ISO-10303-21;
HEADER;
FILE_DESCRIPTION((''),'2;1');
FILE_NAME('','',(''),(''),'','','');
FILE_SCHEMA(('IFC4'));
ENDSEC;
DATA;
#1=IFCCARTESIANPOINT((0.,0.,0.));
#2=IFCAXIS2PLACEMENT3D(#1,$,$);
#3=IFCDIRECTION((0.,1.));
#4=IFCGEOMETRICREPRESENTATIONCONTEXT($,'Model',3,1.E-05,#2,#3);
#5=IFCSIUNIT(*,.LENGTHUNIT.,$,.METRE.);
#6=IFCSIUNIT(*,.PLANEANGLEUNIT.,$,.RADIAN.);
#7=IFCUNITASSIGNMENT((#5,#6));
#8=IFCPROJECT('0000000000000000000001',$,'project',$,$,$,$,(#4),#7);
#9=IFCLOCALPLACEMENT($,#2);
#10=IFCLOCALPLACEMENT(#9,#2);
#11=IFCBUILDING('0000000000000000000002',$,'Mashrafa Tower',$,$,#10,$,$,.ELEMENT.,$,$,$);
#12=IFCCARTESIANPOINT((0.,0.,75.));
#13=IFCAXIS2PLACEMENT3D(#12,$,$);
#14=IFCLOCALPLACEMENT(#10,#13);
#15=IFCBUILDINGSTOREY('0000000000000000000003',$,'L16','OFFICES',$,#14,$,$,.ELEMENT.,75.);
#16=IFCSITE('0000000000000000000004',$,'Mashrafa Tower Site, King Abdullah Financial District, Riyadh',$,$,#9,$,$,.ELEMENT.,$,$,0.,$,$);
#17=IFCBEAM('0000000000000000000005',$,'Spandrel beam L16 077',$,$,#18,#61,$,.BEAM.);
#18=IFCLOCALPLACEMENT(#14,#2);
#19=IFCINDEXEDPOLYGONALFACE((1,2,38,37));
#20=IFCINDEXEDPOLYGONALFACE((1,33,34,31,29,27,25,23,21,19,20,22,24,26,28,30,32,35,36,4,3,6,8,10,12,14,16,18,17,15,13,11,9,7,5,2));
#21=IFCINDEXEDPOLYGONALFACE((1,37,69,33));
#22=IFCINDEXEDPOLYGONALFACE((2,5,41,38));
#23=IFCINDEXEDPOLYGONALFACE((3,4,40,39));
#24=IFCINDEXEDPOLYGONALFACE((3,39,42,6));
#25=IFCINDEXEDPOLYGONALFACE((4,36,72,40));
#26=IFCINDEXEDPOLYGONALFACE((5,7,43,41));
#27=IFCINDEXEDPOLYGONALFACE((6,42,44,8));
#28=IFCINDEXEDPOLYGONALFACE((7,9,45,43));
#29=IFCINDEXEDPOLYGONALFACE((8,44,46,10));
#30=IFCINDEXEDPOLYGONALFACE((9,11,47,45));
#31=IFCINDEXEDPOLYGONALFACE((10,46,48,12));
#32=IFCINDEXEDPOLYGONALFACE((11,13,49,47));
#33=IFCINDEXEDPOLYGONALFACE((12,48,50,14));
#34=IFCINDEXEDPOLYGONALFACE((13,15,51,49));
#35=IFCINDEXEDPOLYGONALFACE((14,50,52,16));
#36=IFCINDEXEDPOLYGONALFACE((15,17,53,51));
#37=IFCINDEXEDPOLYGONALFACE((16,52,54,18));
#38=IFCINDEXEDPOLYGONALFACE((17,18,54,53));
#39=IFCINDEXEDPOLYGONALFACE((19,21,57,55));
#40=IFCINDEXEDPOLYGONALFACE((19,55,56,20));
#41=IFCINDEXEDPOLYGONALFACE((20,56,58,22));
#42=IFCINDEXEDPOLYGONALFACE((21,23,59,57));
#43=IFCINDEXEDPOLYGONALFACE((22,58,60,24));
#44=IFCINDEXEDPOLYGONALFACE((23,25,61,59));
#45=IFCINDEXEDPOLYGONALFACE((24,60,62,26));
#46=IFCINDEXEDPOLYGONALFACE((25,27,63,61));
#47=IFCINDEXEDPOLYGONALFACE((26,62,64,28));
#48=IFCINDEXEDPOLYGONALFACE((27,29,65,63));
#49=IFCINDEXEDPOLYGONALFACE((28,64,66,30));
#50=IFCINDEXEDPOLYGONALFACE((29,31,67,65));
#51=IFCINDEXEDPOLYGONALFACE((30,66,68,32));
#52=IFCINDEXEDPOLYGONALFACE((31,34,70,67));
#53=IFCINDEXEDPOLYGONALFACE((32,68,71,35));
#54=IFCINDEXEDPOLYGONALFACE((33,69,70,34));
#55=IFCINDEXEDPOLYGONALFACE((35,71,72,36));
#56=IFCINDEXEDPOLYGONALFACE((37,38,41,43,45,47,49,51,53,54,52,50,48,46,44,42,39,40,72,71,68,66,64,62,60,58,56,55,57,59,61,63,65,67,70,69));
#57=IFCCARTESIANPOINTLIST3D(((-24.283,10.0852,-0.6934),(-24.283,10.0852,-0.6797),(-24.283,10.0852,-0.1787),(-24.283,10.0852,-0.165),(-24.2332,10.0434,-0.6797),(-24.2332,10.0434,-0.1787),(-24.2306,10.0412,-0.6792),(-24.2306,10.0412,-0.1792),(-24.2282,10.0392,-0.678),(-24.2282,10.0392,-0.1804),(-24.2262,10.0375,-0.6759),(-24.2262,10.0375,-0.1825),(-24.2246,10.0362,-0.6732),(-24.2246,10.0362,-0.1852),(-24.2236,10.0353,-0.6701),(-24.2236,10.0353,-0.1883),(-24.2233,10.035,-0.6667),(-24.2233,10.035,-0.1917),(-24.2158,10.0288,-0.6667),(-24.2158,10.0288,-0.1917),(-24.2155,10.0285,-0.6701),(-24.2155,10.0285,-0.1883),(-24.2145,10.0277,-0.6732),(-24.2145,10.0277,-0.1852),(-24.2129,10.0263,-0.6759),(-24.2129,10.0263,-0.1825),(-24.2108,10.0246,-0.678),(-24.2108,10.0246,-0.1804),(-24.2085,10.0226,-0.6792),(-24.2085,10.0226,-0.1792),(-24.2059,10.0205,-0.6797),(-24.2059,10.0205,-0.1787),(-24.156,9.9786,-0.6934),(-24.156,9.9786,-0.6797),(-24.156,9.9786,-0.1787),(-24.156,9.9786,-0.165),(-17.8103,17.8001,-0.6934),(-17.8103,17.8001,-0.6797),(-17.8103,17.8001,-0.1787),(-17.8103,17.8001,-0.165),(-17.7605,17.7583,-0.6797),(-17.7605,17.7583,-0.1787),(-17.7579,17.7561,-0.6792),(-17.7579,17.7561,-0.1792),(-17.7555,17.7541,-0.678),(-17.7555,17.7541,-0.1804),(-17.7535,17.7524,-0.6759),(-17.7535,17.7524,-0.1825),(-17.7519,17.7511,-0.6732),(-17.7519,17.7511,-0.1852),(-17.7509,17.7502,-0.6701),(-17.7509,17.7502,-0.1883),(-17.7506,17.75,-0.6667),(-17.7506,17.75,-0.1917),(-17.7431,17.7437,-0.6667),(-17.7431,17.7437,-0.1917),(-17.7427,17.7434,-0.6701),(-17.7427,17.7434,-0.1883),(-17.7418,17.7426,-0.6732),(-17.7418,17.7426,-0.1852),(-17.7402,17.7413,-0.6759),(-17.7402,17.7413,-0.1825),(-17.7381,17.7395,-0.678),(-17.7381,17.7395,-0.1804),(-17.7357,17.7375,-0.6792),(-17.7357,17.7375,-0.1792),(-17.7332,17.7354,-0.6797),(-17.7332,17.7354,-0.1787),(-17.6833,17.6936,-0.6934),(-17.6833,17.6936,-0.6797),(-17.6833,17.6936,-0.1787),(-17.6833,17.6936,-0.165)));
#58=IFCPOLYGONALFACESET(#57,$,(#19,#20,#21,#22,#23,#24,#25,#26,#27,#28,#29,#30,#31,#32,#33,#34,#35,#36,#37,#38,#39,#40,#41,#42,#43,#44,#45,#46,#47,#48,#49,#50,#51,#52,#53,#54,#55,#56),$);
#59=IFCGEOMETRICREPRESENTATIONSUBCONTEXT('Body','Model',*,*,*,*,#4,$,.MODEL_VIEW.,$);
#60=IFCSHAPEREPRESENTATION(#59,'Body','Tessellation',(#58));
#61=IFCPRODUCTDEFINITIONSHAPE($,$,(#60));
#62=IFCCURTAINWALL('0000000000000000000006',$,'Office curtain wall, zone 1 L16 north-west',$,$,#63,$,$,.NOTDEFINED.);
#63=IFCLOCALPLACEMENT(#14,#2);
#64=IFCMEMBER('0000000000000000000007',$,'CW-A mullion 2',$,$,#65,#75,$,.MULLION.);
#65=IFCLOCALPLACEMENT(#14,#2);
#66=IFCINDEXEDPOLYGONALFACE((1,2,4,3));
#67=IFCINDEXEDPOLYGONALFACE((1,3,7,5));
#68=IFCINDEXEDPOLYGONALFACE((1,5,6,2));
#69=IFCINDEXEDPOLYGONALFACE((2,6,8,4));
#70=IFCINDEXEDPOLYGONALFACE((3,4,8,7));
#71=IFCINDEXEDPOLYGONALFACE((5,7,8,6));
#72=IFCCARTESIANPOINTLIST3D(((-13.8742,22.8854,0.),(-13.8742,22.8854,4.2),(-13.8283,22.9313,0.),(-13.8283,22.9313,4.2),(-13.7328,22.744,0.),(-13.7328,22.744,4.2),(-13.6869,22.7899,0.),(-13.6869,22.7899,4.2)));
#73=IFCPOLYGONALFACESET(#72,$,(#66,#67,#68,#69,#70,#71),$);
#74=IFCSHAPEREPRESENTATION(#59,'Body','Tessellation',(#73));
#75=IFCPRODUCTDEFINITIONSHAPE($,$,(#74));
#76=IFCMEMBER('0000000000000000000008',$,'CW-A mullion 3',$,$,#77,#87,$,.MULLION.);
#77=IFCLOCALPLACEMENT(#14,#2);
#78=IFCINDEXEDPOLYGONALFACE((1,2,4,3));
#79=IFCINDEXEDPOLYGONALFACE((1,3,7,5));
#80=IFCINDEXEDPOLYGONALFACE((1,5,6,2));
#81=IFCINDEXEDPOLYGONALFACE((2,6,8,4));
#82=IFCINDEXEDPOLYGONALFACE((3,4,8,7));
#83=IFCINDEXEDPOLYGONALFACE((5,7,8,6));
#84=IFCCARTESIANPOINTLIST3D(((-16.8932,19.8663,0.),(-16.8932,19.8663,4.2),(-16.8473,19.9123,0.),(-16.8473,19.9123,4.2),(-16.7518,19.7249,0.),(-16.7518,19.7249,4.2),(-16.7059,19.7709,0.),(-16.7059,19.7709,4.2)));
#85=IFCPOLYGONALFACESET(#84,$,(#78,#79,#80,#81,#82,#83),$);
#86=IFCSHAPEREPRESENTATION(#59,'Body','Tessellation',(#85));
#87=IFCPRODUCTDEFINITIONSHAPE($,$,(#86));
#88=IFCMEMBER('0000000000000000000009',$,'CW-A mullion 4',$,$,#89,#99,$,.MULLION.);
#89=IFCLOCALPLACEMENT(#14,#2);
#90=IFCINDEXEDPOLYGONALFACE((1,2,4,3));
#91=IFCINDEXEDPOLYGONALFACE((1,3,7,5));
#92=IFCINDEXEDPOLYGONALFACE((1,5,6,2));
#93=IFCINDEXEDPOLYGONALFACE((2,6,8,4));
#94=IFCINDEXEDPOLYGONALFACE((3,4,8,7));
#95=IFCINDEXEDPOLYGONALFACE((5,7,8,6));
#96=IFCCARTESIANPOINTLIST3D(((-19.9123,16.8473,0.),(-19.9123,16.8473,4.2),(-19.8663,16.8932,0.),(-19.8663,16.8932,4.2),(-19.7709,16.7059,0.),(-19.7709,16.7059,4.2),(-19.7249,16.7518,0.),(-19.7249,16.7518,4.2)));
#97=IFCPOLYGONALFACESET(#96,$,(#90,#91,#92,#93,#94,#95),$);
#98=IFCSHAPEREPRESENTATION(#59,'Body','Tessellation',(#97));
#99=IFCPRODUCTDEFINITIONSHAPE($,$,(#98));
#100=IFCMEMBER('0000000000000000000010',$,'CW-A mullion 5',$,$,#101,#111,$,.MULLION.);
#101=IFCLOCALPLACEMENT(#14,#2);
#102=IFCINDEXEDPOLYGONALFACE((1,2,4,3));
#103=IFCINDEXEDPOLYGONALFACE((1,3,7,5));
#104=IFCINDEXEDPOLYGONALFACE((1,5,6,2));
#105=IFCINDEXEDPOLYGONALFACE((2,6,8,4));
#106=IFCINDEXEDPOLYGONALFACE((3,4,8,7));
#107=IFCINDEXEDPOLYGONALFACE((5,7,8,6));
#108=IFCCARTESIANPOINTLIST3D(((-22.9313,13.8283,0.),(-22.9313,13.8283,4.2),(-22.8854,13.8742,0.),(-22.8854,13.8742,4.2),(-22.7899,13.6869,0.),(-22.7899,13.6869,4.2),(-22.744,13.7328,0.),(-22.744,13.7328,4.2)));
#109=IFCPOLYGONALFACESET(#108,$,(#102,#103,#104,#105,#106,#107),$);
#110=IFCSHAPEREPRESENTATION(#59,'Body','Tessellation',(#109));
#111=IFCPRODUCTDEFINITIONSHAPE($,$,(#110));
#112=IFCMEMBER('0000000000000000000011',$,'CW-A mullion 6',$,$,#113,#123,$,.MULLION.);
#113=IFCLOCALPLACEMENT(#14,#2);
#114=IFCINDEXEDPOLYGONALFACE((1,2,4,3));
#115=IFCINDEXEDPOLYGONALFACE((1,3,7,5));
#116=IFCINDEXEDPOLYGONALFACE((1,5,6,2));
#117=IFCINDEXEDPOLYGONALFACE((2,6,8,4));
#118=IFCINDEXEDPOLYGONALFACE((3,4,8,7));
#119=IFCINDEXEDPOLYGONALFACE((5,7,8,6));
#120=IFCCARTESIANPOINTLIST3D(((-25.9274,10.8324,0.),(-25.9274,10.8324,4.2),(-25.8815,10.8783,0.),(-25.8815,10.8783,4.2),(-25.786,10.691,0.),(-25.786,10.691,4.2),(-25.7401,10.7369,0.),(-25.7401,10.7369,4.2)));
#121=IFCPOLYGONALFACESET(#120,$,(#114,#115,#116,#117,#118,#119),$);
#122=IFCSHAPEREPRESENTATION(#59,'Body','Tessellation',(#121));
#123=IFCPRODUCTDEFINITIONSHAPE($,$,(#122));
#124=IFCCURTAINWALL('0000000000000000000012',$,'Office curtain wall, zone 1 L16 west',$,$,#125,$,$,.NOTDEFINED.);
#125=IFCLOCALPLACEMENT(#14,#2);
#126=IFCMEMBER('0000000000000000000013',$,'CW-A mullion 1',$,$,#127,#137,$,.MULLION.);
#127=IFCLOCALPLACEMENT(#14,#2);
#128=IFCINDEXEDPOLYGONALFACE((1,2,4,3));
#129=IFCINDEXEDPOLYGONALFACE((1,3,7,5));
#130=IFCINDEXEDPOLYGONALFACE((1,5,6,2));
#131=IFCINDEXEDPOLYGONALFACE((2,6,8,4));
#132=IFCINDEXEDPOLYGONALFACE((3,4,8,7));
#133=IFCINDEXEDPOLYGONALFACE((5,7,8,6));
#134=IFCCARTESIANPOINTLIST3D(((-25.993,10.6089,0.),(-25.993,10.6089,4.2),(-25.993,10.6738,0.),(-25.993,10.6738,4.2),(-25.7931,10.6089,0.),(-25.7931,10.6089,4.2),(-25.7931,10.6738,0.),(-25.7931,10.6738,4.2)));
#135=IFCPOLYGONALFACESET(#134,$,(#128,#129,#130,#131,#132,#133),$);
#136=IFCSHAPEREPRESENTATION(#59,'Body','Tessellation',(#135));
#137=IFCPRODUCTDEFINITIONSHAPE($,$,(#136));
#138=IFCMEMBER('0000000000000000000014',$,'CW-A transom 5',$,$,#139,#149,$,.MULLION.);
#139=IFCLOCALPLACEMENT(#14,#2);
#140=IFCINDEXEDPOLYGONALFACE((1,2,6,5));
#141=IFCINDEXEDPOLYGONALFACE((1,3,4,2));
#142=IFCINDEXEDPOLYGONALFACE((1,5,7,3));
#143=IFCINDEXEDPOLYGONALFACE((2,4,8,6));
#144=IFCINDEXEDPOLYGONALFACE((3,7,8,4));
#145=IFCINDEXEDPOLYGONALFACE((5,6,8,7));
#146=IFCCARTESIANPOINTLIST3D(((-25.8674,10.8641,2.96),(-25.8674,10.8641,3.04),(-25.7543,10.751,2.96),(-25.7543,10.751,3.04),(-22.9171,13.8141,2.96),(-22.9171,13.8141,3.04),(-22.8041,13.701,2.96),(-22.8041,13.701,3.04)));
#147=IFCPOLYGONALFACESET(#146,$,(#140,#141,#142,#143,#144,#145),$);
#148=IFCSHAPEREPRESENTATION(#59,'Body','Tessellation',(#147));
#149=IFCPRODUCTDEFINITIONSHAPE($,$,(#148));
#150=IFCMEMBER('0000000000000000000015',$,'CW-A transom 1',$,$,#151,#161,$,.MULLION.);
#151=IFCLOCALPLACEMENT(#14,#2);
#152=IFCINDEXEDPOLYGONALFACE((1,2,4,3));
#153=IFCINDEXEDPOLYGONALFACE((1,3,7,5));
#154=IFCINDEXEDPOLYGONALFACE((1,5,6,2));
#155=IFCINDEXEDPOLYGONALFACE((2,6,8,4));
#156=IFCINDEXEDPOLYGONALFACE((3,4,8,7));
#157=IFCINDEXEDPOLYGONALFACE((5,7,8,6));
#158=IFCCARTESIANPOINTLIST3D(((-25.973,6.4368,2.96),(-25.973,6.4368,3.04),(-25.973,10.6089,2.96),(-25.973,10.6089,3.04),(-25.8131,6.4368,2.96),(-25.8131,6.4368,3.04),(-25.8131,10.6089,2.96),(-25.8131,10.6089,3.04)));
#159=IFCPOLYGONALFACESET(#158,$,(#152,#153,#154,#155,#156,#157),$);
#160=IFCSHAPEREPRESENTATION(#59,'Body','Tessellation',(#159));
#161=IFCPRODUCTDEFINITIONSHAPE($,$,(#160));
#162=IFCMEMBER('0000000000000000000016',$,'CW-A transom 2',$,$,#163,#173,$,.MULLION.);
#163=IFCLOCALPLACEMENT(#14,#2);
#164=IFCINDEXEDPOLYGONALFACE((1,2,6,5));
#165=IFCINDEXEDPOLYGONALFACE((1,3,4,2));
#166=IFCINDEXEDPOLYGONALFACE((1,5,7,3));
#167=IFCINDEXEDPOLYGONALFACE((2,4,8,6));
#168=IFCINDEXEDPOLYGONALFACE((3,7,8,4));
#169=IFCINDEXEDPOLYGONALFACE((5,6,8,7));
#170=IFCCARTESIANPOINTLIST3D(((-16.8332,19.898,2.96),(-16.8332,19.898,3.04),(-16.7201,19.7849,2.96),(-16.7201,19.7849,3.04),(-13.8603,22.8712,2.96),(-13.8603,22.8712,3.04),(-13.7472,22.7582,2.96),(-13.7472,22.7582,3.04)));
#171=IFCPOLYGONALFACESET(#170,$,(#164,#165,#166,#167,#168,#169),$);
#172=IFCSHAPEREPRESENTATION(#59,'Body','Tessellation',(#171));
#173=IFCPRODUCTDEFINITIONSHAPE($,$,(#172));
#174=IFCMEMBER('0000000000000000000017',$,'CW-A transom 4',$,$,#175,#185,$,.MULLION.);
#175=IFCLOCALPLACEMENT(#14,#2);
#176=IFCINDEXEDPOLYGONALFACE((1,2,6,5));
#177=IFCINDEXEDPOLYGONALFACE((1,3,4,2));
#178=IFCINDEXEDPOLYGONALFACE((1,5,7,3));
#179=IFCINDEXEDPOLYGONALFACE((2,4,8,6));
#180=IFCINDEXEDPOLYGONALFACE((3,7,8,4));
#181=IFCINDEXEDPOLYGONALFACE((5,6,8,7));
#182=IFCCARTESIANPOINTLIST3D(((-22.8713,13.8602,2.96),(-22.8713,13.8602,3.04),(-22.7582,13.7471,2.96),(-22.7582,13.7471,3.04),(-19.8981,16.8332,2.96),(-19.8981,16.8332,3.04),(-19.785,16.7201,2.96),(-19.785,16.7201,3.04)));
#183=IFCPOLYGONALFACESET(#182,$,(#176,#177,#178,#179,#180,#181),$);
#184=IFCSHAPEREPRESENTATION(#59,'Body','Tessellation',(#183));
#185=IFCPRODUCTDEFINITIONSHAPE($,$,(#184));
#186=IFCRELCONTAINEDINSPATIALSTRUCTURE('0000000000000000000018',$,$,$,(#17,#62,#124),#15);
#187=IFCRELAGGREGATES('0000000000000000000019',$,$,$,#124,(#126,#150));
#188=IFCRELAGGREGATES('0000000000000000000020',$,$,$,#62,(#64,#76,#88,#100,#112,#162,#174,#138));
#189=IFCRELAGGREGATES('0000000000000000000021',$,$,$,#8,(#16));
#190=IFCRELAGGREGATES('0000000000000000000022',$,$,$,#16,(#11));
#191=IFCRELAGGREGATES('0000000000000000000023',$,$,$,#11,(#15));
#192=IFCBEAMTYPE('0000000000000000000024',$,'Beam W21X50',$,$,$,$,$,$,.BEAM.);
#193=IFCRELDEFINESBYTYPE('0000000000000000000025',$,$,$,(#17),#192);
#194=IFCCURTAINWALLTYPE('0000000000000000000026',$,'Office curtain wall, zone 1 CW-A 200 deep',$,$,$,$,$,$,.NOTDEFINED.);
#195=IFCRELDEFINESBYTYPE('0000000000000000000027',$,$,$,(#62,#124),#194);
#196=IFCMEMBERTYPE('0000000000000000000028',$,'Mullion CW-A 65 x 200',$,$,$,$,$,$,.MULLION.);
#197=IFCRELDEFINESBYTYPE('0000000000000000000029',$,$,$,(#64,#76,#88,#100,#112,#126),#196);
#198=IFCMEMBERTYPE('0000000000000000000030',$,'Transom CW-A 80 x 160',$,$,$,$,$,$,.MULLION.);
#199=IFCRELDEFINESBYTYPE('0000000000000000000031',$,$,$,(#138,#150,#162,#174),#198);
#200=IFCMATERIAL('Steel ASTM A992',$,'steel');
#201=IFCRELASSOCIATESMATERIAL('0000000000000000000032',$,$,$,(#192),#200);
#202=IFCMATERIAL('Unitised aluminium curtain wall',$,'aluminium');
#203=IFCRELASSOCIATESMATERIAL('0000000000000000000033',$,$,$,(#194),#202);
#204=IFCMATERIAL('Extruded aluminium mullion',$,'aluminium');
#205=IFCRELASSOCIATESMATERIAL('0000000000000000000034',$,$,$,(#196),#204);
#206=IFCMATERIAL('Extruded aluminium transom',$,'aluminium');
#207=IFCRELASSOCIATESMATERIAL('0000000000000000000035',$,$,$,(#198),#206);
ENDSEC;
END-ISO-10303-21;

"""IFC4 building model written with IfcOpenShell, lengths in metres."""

from ifc_helpers import new_model, si_unit, direction, frame, origin, origin_2d, place, context, subcontext, project, spatial, rectangle, i_section, extrude, source, transform, mapped, material, material_profile, profile_set, type_object, type_shapes, element, aggregate, save


model = new_model("IFC4")

# Units and contexts
model_context = context("Model", 3, precision=1e-05, world=origin(), true_north=direction((0.0, 1.0)))
body_context = subcontext(model_context, "Body", "Model", "MODEL_VIEW")
ifc_project = project(units=[si_unit("LENGTHUNIT", "METRE"), si_unit("PLANEANGLEUNIT", "RADIAN")], contexts=[model_context])

# Site, building, storey
site_placement = place(None, origin())
site = spatial("IfcSite", under=ifc_project, at=site_placement, Name="Mashrafa Tower Site, King Abdullah Financial District, Riyadh", CompositionType="ELEMENT", RefElevation=0.0)
building_placement = place(site_placement, origin())
building = spatial("IfcBuilding", under=site, at=building_placement, Name="Mashrafa Tower", CompositionType="ELEMENT")
storey_placement = place(building_placement, frame((0.0, 0.0, 75.0)))
storey = spatial("IfcBuildingStorey", under=building, at=storey_placement, Name="L16", Description="OFFICES", CompositionType="ELEMENT", Elevation=75.0)

# Beam
ifc_material_1 = material(Name="Steel ASTM A992", Category="steel")
ifc_material_profile_1 = material_profile(ifc_material_1, i_section(OverallWidth=0.1658, OverallDepth=0.5283, WebThickness=0.0098, FlangeThickness=0.0137, FilletRadius=0.0129, at=origin_2d()), Name="W21X50")
ifc_profile_set_1 = profile_set([ifc_material_profile_1], Name="Steel ASTM A992")
beam_type_1 = type_object("IfcBeamType", Name="Beam W21X50", PredefinedType="BEAM", material=ifc_profile_set_1)
beam_1_placement = place(storey_placement, frame((-17.7468, 17.7468, -0.4292), z_axis=(-0.642737, -0.766087, 0.0), x_axis=(0.766087, -0.642737, 0.0)))
element("IfcBeam", 1, at=beam_1_placement, inside=storey, type_object=beam_type_1, Name="Spandrel beam L16 077", PredefinedType="BEAM", context=body_context, shape_type="SweptSolid", body=[
    extrude(i_section(OverallWidth=0.1658, OverallDepth=0.5283, WebThickness=0.0098, FlangeThickness=0.0137, FilletRadius=0.0129, at=origin_2d()), origin(), (0.0, 0.0, 1.0), 10.0706),
])

# Curtain wall, members
ifc_material_2 = material(Name="Unitised aluminium curtain wall", Category="aluminium")
curtain_wall_type = type_object("IfcCurtainWallType", Name="Office curtain wall, zone 1 CW-A 200 deep", PredefinedType="NOTDEFINED", material=ifc_material_2)
curtain_wall_1_placement = place(storey_placement, origin())
curtain_wall_1 = element("IfcCurtainWall", 2, at=curtain_wall_1_placement, inside=storey, type_object=curtain_wall_type, Name="Office curtain wall, zone 1 L16 north-west", PredefinedType="NOTDEFINED")
ifc_material_3 = material(Name="Extruded aluminium mullion", Category="aluminium")
ifc_material_profile_2 = material_profile(ifc_material_3, rectangle(XDim=0.2, YDim=0.0649, at=origin_2d()), Name="Mullion 65x200")
ifc_profile_set_2 = profile_set([ifc_material_profile_2], Name="Extruded aluminium mullion")
member_type_1 = type_object("IfcMemberType", Name="Mullion CW-A 65 x 200", PredefinedType="MULLION", material=ifc_profile_set_2)
shared_shape_1 = source(origin(), body_context, "Body", "SweptSolid", [
    extrude(rectangle(XDim=0.2, YDim=0.0649, at=origin_2d()), origin(), (0.0, 0.0, 1.0), 4.2),
])
type_shapes(member_type_1, [shared_shape_1])
member_1_placement = place(storey_placement, frame((-13.7805, 22.8376, 0.0), z_axis=(0.0, 0.0, 1.0), x_axis=(0.707107, -0.707107, 0.0)))
member_1 = element("IfcMember", 3, at=member_1_placement, type_object=member_type_1, Name="CW-A mullion 2", PredefinedType="MULLION", context=body_context, shape_type="MappedRepresentation", body=[
    mapped(shared_shape_1, transform((0.0, 0.0, 0.0))),
])
member_2_placement = place(storey_placement, frame((-16.7996, 19.8186, 0.0), z_axis=(0.0, 0.0, 1.0), x_axis=(0.707107, -0.707107, 0.0)))
member_2 = element("IfcMember", 4, at=member_2_placement, type_object=member_type_1, Name="CW-A mullion 3", PredefinedType="MULLION", context=body_context, shape_type="MappedRepresentation", body=[
    mapped(shared_shape_1, transform((0.0, 0.0, 0.0))),
])
member_3_placement = place(storey_placement, frame((-19.8186, 16.7996, 0.0), z_axis=(0.0, 0.0, 1.0), x_axis=(0.707107, -0.707107, 0.0)))
member_3 = element("IfcMember", 5, at=member_3_placement, type_object=member_type_1, Name="CW-A mullion 4", PredefinedType="MULLION", context=body_context, shape_type="MappedRepresentation", body=[
    mapped(shared_shape_1, transform((0.0, 0.0, 0.0))),
])
member_4_placement = place(storey_placement, frame((-22.8376, 13.7805, 0.0), z_axis=(0.0, 0.0, 1.0), x_axis=(0.707107, -0.707107, 0.0)))
member_4 = element("IfcMember", 6, at=member_4_placement, type_object=member_type_1, Name="CW-A mullion 5", PredefinedType="MULLION", context=body_context, shape_type="MappedRepresentation", body=[
    mapped(shared_shape_1, transform((0.0, 0.0, 0.0))),
])
member_5_placement = place(storey_placement, frame((-25.8337, 10.7847, 0.0), z_axis=(0.0, 0.0, 1.0), x_axis=(0.707107, -0.707107, 0.0)))
member_5 = element("IfcMember", 7, at=member_5_placement, type_object=member_type_1, Name="CW-A mullion 6", PredefinedType="MULLION", context=body_context, shape_type="MappedRepresentation", body=[
    mapped(shared_shape_1, transform((0.0, 0.0, 0.0))),
])

# Curtain wall, member
curtain_wall_2_placement = place(storey_placement, origin())
curtain_wall_2 = element("IfcCurtainWall", 8, at=curtain_wall_2_placement, inside=storey, type_object=curtain_wall_type, Name="Office curtain wall, zone 1 L16 west", PredefinedType="NOTDEFINED")
member_6_placement = place(storey_placement, frame((-25.8931, 10.6414, 0.0), z_axis=(0.0, 0.0, 1.0), x_axis=(1.0, 0.0, 0.0)))
member_6 = element("IfcMember", 9, at=member_6_placement, type_object=member_type_1, Name="CW-A mullion 1", PredefinedType="MULLION", context=body_context, shape_type="MappedRepresentation", body=[
    mapped(shared_shape_1, transform((0.0, 0.0, 0.0))),
])

# Members
ifc_material_4 = material(Name="Extruded aluminium transom", Category="aluminium")
ifc_material_profile_3 = material_profile(ifc_material_4, rectangle(XDim=0.1599, YDim=0.0801, at=origin_2d()), Name="Transom 80x160")
ifc_profile_set_3 = profile_set([ifc_material_profile_3], Name="Extruded aluminium transom")
member_type_2 = type_object("IfcMemberType", Name="Transom CW-A 80 x 160", PredefinedType="MULLION", material=ifc_profile_set_3)
shared_shape_2 = source(origin(), body_context, "Body", "SweptSolid", [
    extrude(rectangle(XDim=0.1599, YDim=0.0801, at=origin_2d()), origin(), (0.0, 0.0, 1.0), 4.1721),
])
member_7_placement = place(storey_placement, frame((-22.8606, 13.7576, 3.0), z_axis=(-0.707136, -0.707078, 0.0), x_axis=(0.707078, -0.707136, 0.0)))
member_7 = element("IfcMember", 10, at=member_7_placement, type_object=member_type_2, Name="CW-A transom 5", PredefinedType="MULLION", context=body_context, shape_type="MappedRepresentation", body=[
    mapped(shared_shape_2, transform((0.0, 0.0, 0.0))),
])
member_8_placement = place(storey_placement, frame((-25.8931, 10.6089, 3.0), z_axis=(0.0, -1.0, 0.0), x_axis=(1.0, 0.0, 0.0)))
member_8 = element("IfcMember", 11, at=member_8_placement, type_object=member_type_2, Name="CW-A transom 1", PredefinedType="MULLION", context=body_context, shape_type="MappedRepresentation", body=[
    mapped(shared_shape_2, transform((0.0, 0.0, 0.0))),
])
aggregate(curtain_wall_2, [member_6, member_8])
shared_shape_3 = source(origin(), body_context, "Body", "SweptSolid", [
    extrude(rectangle(XDim=0.1599, YDim=0.0801, at=origin_2d()), origin(), (0.0, 0.0, 1.0), 4.2046),
])
member_9_placement = place(storey_placement, frame((-13.8037, 22.8147, 3.0), z_axis=(-0.707078, -0.707136, 0.0), x_axis=(0.707136, -0.707078, 0.0)))
member_9 = element("IfcMember", 12, at=member_9_placement, type_object=member_type_2, Name="CW-A transom 2", PredefinedType="MULLION", context=body_context, shape_type="MappedRepresentation", body=[
    mapped(shared_shape_3, transform((0.0, 0.0, 0.0))),
])
member_10_placement = place(storey_placement, frame((-19.8416, 16.7766, 3.0), z_axis=(-0.707136, -0.707078, 0.0), x_axis=(0.707078, -0.707136, 0.0)))
member_10 = element("IfcMember", 13, at=member_10_placement, type_object=member_type_2, Name="CW-A transom 4", PredefinedType="MULLION", context=body_context, shape_type="MappedRepresentation", body=[
    mapped(shared_shape_3, transform((0.0, 0.0, 0.0))),
])

aggregate(curtain_wall_1, [member_1, member_2, member_3, member_4, member_5, member_9, member_10, member_7])

save(model, "model.ifc")
